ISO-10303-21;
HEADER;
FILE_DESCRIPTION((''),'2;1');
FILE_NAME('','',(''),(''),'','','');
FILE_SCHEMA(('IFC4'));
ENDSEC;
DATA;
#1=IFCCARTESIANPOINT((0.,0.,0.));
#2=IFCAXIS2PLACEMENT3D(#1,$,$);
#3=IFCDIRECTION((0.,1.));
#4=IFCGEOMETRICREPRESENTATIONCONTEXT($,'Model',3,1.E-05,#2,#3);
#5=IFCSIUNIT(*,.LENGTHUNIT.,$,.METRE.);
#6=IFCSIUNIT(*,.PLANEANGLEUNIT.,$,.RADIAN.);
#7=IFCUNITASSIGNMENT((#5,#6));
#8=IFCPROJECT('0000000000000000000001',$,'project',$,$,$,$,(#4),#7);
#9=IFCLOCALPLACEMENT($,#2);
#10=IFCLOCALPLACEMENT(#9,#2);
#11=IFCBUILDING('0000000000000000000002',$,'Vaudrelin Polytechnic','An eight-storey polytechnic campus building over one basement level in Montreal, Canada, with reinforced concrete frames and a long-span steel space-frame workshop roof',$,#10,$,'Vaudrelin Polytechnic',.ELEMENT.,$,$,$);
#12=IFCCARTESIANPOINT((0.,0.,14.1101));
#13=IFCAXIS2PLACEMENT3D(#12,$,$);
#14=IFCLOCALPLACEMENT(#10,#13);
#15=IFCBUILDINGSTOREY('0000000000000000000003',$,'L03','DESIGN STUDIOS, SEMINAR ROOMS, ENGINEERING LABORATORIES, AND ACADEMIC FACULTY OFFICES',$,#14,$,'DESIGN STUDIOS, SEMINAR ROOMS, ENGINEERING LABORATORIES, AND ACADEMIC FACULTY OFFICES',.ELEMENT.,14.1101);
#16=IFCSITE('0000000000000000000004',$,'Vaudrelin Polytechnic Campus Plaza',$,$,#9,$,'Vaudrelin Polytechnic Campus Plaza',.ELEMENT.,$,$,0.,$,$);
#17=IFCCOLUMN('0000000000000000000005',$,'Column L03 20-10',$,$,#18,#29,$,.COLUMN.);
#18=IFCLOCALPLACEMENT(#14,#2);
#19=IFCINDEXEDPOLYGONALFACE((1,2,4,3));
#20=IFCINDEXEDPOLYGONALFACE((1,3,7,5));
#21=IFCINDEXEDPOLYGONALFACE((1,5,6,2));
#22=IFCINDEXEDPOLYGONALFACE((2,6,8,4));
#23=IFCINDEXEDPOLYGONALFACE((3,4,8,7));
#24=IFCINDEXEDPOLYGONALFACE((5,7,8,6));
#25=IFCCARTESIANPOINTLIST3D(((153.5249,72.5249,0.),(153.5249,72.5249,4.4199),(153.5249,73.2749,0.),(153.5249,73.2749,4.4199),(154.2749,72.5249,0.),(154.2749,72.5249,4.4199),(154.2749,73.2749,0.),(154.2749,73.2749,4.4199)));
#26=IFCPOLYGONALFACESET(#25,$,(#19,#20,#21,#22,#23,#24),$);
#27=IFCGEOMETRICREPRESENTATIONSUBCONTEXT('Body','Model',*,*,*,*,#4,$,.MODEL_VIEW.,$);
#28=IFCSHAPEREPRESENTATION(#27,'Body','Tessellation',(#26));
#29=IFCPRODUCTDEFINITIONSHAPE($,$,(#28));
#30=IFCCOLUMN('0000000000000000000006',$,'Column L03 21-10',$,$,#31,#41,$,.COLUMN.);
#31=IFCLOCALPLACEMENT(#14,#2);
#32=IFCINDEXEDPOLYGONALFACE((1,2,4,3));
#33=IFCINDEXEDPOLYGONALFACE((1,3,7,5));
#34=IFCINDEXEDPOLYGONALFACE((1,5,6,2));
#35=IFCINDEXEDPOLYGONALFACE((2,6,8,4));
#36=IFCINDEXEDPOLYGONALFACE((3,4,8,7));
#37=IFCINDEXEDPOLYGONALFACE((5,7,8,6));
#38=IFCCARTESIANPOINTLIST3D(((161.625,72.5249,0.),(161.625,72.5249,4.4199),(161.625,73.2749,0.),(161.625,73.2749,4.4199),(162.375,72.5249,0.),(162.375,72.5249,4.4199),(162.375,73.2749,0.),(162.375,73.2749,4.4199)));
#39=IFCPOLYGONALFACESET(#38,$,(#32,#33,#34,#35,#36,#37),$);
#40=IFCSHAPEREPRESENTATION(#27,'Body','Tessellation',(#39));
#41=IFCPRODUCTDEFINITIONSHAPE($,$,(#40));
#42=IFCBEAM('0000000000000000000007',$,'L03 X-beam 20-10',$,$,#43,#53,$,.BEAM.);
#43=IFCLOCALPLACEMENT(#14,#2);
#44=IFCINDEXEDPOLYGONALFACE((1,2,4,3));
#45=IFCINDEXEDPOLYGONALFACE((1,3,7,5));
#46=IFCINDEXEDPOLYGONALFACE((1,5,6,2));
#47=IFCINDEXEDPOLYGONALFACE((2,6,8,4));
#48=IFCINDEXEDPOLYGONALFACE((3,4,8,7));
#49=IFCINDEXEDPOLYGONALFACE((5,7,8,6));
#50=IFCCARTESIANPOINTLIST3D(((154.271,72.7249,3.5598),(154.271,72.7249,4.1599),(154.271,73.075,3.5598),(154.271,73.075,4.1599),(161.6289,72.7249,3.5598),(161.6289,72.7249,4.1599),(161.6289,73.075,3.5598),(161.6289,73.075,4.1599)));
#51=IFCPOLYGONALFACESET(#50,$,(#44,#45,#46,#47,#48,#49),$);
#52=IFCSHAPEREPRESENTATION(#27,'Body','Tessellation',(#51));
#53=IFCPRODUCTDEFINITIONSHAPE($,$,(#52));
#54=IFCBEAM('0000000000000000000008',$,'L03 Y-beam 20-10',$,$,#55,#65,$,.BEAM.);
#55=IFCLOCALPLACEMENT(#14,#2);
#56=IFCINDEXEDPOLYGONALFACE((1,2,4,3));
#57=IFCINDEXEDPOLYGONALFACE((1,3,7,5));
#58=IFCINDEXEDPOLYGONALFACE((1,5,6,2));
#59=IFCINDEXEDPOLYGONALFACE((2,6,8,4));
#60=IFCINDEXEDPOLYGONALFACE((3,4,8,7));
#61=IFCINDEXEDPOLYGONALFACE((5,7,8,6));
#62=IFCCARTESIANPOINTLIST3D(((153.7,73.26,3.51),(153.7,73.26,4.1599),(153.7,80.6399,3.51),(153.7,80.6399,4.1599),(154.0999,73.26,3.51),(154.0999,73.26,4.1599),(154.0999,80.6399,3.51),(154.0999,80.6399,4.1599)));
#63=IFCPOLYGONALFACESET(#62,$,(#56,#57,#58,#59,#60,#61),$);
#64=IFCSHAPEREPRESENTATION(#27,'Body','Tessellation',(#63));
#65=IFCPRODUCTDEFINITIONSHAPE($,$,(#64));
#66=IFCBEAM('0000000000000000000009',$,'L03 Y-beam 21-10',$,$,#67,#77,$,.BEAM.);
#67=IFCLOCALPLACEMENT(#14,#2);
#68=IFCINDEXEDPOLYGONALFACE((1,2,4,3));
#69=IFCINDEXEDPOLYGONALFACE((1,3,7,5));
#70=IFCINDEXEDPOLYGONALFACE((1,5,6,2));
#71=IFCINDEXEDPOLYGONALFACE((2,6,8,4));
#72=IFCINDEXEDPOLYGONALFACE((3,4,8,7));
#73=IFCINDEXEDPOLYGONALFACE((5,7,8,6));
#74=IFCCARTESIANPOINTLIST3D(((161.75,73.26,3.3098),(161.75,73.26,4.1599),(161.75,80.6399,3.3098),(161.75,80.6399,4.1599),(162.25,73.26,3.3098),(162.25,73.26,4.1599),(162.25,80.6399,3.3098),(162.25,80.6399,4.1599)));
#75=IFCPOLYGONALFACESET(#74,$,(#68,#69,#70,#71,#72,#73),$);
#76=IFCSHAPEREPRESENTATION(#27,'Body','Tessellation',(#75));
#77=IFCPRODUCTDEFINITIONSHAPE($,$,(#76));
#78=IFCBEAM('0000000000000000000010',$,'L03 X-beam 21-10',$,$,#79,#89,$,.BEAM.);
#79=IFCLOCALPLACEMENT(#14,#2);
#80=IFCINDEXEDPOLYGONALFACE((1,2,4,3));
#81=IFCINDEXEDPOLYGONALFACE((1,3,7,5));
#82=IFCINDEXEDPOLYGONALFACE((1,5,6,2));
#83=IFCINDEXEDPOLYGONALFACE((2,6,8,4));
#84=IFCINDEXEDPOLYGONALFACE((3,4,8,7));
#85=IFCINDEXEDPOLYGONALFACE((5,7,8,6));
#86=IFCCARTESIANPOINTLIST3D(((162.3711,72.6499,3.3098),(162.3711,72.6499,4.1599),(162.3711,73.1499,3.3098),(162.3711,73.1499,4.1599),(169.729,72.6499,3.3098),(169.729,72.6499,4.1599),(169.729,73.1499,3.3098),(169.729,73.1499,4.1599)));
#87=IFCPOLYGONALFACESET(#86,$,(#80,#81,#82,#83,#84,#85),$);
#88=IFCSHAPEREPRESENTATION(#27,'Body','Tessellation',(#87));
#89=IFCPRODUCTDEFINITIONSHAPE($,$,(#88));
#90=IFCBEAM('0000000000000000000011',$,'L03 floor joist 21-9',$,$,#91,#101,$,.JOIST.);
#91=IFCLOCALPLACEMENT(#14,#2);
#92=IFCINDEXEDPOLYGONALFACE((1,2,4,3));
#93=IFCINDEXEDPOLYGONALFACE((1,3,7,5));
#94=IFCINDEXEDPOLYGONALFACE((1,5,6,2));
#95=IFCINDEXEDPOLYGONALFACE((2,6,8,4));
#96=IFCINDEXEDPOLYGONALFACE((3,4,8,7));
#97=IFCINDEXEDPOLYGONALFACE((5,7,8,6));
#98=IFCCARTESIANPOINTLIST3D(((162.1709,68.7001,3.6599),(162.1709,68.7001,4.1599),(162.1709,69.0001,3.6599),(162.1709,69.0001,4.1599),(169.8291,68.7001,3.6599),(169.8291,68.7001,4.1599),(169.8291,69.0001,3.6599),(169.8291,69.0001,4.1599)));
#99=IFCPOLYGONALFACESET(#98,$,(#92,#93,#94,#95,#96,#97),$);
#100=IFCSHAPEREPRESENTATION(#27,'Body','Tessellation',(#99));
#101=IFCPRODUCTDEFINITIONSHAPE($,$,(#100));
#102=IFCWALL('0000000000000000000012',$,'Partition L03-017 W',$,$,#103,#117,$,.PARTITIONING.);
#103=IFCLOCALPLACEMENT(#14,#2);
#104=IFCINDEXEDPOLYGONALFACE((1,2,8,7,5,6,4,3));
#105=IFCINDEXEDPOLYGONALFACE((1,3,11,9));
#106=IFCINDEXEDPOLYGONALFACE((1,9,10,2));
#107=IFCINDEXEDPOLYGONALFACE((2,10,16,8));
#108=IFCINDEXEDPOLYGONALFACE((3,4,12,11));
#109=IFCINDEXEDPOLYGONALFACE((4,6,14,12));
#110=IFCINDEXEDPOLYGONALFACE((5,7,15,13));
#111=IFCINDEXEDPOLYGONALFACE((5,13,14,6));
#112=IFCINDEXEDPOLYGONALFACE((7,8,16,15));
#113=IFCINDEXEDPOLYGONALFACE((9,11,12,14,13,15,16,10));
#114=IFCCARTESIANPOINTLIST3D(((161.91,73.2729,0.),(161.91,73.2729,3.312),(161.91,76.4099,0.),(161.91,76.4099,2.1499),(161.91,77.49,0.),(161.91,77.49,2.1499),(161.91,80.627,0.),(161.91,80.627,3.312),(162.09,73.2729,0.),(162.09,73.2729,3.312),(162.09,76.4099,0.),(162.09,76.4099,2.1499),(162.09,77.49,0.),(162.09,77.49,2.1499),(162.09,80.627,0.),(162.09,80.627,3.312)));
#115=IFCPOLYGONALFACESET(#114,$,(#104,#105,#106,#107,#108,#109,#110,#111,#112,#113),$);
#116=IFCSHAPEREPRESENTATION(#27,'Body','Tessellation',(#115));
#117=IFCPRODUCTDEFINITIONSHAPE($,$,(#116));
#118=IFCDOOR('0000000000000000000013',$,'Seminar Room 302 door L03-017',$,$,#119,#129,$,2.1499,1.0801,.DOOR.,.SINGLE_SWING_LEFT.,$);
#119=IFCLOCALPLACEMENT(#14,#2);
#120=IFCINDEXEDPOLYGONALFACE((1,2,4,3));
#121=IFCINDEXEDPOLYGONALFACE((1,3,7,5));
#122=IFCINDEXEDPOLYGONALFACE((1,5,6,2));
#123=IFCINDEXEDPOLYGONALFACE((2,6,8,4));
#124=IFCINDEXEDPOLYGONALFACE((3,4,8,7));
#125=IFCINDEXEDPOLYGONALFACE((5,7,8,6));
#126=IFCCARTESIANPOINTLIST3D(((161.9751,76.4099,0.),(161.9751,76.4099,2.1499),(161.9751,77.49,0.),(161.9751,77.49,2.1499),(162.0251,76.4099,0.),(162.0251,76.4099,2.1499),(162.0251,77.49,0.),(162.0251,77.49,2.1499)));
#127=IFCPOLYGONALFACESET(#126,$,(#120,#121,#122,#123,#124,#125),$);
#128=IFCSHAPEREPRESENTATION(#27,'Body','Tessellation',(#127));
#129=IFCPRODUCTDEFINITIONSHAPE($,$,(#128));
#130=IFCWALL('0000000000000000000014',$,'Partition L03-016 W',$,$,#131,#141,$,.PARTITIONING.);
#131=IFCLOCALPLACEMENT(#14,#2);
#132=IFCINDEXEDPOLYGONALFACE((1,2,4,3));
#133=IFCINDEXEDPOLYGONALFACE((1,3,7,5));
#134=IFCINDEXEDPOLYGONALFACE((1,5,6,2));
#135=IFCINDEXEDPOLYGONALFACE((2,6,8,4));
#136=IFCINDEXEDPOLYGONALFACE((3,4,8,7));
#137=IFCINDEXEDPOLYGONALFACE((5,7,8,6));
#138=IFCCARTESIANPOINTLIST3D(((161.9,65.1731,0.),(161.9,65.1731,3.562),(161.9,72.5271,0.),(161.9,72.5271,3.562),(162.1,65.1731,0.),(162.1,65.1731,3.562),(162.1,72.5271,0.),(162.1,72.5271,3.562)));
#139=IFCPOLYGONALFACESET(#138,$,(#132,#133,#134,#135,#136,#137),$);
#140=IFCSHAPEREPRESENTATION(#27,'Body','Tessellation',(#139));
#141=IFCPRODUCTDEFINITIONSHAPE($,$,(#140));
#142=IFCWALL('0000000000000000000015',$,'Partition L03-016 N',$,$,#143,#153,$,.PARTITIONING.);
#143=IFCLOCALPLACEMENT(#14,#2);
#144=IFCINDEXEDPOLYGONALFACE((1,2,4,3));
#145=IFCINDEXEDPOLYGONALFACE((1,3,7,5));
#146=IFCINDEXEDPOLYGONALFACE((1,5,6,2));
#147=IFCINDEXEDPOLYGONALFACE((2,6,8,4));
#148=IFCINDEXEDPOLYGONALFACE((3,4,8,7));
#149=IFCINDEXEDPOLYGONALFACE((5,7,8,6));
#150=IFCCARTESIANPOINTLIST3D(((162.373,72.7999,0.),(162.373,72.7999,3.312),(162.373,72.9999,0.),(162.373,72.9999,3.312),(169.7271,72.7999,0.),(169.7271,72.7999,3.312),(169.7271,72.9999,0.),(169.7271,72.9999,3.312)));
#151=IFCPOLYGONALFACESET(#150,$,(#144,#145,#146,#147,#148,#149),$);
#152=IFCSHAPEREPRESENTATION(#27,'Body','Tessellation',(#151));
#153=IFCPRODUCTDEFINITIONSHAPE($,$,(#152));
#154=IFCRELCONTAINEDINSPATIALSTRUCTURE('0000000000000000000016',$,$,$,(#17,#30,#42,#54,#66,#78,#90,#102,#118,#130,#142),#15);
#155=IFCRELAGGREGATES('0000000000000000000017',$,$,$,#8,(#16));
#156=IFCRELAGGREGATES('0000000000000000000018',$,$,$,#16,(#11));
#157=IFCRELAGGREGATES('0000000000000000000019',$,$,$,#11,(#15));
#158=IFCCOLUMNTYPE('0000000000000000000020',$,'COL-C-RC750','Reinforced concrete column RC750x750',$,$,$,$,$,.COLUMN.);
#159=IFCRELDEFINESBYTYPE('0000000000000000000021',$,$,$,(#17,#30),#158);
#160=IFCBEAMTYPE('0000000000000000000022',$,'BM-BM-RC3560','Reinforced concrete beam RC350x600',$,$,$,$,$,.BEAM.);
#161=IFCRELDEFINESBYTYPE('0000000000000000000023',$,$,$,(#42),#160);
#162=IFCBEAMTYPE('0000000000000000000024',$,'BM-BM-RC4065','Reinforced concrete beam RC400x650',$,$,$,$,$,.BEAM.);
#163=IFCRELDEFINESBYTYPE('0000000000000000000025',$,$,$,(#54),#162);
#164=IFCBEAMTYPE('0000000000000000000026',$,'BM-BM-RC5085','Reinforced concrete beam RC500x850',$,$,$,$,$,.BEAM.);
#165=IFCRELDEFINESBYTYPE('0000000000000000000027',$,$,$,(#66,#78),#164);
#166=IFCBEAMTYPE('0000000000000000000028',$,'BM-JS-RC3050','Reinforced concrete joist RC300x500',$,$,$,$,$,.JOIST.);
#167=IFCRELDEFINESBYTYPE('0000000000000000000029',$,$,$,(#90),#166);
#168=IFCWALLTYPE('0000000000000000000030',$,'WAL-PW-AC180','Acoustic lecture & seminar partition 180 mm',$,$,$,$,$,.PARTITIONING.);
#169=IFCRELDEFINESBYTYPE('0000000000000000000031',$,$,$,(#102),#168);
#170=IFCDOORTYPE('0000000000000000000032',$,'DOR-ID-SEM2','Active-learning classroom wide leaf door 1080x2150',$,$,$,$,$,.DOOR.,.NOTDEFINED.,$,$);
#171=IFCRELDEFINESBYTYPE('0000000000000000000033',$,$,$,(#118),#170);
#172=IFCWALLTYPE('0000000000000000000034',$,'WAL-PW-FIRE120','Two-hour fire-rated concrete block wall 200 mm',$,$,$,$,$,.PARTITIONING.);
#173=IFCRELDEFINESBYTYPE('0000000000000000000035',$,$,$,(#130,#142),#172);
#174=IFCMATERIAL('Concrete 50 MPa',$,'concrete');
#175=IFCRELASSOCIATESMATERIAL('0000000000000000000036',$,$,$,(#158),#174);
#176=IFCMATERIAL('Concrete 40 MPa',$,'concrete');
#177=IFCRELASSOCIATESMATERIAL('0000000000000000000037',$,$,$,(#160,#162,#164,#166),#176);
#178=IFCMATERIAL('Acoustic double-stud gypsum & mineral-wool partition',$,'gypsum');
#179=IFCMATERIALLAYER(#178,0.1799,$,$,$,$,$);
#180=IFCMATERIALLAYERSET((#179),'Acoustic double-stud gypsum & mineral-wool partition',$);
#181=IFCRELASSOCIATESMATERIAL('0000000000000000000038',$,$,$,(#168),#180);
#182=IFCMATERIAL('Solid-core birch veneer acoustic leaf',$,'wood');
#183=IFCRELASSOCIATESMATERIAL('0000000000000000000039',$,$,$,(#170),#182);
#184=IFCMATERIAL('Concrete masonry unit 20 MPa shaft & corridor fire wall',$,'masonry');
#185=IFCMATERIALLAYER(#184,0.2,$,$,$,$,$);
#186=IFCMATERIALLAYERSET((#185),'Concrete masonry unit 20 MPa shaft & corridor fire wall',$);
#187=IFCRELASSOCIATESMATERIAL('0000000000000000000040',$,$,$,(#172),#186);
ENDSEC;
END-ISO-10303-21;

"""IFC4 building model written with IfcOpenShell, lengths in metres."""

from ifc_helpers import new_model, si_unit, direction, frame, frame_2d, origin, origin_2d, place, context, subcontext, project, spatial, rectangle, extrude, material, layer, layer_set, material_profile, profile_set, type_object, element, fill, save


model = new_model("IFC4")

# Units and contexts
model_context = context("Model", 3, precision=1e-05, world=origin(), true_north=direction((0.0, 1.0)))
body_context = subcontext(model_context, "Body", "Model", "MODEL_VIEW")
ifc_project = project(units=[si_unit("LENGTHUNIT", "METRE"), si_unit("PLANEANGLEUNIT", "RADIAN")], contexts=[model_context])

# Site, building, storey
site_placement = place(None, origin())
site = spatial("IfcSite", under=ifc_project, at=site_placement, Name="Vaudrelin Polytechnic Campus Plaza", LongName="Vaudrelin Polytechnic Campus Plaza", CompositionType="ELEMENT", RefElevation=0.0)
building_placement = place(site_placement, origin())
building = spatial("IfcBuilding", under=site, at=building_placement, Name="Vaudrelin Polytechnic", Description="An eight-storey polytechnic campus building over one basement level in Montreal, Canada, with reinforced concrete frames and a long-span steel space-frame workshop roof", LongName="Vaudrelin Polytechnic", CompositionType="ELEMENT")
storey_placement = place(building_placement, frame((0.0, 0.0, 14.1101)))
storey = spatial("IfcBuildingStorey", under=building, at=storey_placement, Name="L03", Description="DESIGN STUDIOS, SEMINAR ROOMS, ENGINEERING LABORATORIES, AND ACADEMIC FACULTY OFFICES", LongName="DESIGN STUDIOS, SEMINAR ROOMS, ENGINEERING LABORATORIES, AND ACADEMIC FACULTY OFFICES", CompositionType="ELEMENT", Elevation=14.1101)

# Columns
ifc_material_1 = material(Name="Concrete 50 MPa", Category="concrete")
ifc_material_profile_1 = material_profile(ifc_material_1, rectangle(XDim=0.75, YDim=0.75, at=origin_2d()), Name="RC750x750")
ifc_profile_set_1 = profile_set([ifc_material_profile_1], Name="Concrete 50 MPa")
column_type = type_object("IfcColumnType", Name="COL-C-RC750", Description="Reinforced concrete column RC750x750", PredefinedType="COLUMN", material=ifc_profile_set_1)
for number, where, z_axis, x_axis, name in (
    (1, (153.8999, 72.8999, 0.0), (0.0, 0.0, 1.0), (1.0, 0.0, 0.0), "Column L03 20-10"),
    (2, (162.0, 72.8999, 0.0), (0.0, 0.0, 1.0), (1.0, 0.0, 0.0), "Column L03 21-10"),
):
    element("IfcColumn", number, at=place(storey_placement, frame(where, z_axis=z_axis, x_axis=x_axis)), inside=storey, type_object=column_type, Name=name, PredefinedType="COLUMN", context=body_context, shape_type="SweptSolid", body=[
        extrude(rectangle(XDim=0.75, YDim=0.75, at=origin_2d()), origin(), (0.0, 0.0, 1.0), 4.4199),
    ])

# Beams
ifc_material_2 = material(Name="Concrete 40 MPa", Category="concrete")
ifc_material_profile_2 = material_profile(ifc_material_2, rectangle(XDim=0.3501, YDim=0.6001, at=origin_2d()), Name="RC350x600")
ifc_profile_set_2 = profile_set([ifc_material_profile_2], Name="Concrete 40 MPa")
beam_type_1 = type_object("IfcBeamType", Name="BM-BM-RC3560", Description="Reinforced concrete beam RC350x600", PredefinedType="BEAM", material=ifc_profile_set_2)
beam_1_placement = place(storey_placement, frame((154.271, 72.8999, 3.8599), z_axis=(1.0, 0.0, 0.0), x_axis=(0.0, 1.0, 0.0)))
element("IfcBeam", 3, at=beam_1_placement, inside=storey, type_object=beam_type_1, Name="L03 X-beam 20-10", PredefinedType="BEAM", context=body_context, shape_type="SweptSolid", body=[
    extrude(rectangle(XDim=0.3501, YDim=0.6001, at=origin_2d()), origin(), (0.0, 0.0, 1.0), 7.3579),
])
ifc_material_profile_3 = material_profile(ifc_material_2, rectangle(XDim=0.3999, YDim=0.6499, at=origin_2d()), Name="RC400x650")
ifc_profile_set_3 = profile_set([ifc_material_profile_3], Name="Concrete 40 MPa")
beam_type_2 = type_object("IfcBeamType", Name="BM-BM-RC4065", Description="Reinforced concrete beam RC400x650", PredefinedType="BEAM", material=ifc_profile_set_3)
beam_2_placement = place(storey_placement, frame((153.8999, 73.26, 3.835), z_axis=(0.0, 1.0, 0.0), x_axis=(-1.0, 0.0, 0.0)))
element("IfcBeam", 4, at=beam_2_placement, inside=storey, type_object=beam_type_2, Name="L03 Y-beam 20-10", PredefinedType="BEAM", context=body_context, shape_type="SweptSolid", body=[
    extrude(rectangle(XDim=0.3999, YDim=0.6499, at=origin_2d()), origin(), (0.0, 0.0, 1.0), 7.3799),
])
ifc_material_profile_4 = material_profile(ifc_material_2, rectangle(XDim=0.5, YDim=0.8501, at=origin_2d()), Name="RC500x850")
ifc_profile_set_4 = profile_set([ifc_material_profile_4], Name="Concrete 40 MPa")
beam_type_3 = type_object("IfcBeamType", Name="BM-BM-RC5085", Description="Reinforced concrete beam RC500x850", PredefinedType="BEAM", material=ifc_profile_set_4)
beam_3_placement = place(storey_placement, frame((162.0, 73.26, 3.7349), z_axis=(0.0, 1.0, 0.0), x_axis=(-1.0, 0.0, 0.0)))
element("IfcBeam", 5, at=beam_3_placement, inside=storey, type_object=beam_type_3, Name="L03 Y-beam 21-10", PredefinedType="BEAM", context=body_context, shape_type="SweptSolid", body=[
    extrude(rectangle(XDim=0.5, YDim=0.8501, at=origin_2d()), origin(), (0.0, 0.0, 1.0), 7.3799),
])
beam_4_placement = place(storey_placement, frame((162.3711, 72.8999, 3.7349), z_axis=(1.0, 0.0, 0.0), x_axis=(0.0, 1.0, 0.0)))
element("IfcBeam", 6, at=beam_4_placement, inside=storey, type_object=beam_type_3, Name="L03 X-beam 21-10", PredefinedType="BEAM", context=body_context, shape_type="SweptSolid", body=[
    extrude(rectangle(XDim=0.5, YDim=0.8501, at=origin_2d()), origin(), (0.0, 0.0, 1.0), 7.3579),
])
ifc_material_profile_5 = material_profile(ifc_material_2, rectangle(XDim=0.3, YDim=0.5, at=origin_2d()), Name="RC300x500")
ifc_profile_set_5 = profile_set([ifc_material_profile_5], Name="Concrete 40 MPa")
beam_type_4 = type_object("IfcBeamType", Name="BM-JS-RC3050", Description="Reinforced concrete joist RC300x500", PredefinedType="JOIST", material=ifc_profile_set_5)
beam_5_placement = place(storey_placement, frame((162.1709, 68.8501, 3.9099), z_axis=(1.0, 0.0, 0.0), x_axis=(0.0, 1.0, 0.0)))
element("IfcBeam", 7, at=beam_5_placement, inside=storey, type_object=beam_type_4, Name="L03 floor joist 21-9", PredefinedType="JOIST", context=body_context, shape_type="SweptSolid", body=[
    extrude(rectangle(XDim=0.3, YDim=0.5, at=origin_2d()), origin(), (0.0, 0.0, 1.0), 7.6582),
])

# Wall, opening, door
ifc_material_3 = material(Name="Acoustic double-stud gypsum & mineral-wool partition", Category="gypsum")
ifc_layer_1 = layer(ifc_material_3, 0.1799)
ifc_layer_set_1 = layer_set([ifc_layer_1], Name="Acoustic double-stud gypsum & mineral-wool partition")
wall_type_1 = type_object("IfcWallType", Name="WAL-PW-AC180", Description="Acoustic lecture & seminar partition 180 mm", PredefinedType="PARTITIONING", material=ifc_layer_set_1)
wall_1_placement = place(storey_placement, frame((162.0, 73.2729, 0.0), z_axis=(0.0, 0.0, 1.0), x_axis=(0.0, 1.0, 0.0)))
wall_1 = element("IfcWall", 8, at=wall_1_placement, inside=storey, type_object=wall_type_1, Name="Partition L03-017 W", PredefinedType="PARTITIONING", context=body_context, shape_type="SweptSolid", body=[
    extrude(rectangle(XDim=7.354, YDim=0.1799, at=frame_2d((3.677, 0.0))), origin(), (0.0, 0.0, 1.0), 3.312),
])
opening_1_placement = place(wall_1_placement, frame((3.137, 0.0, 0.0)))
opening_1 = element("IfcOpeningElement", 9, at=opening_1_placement, cuts=wall_1, PredefinedType="OPENING", context=body_context, shape_type="SweptSolid", body=[
    extrude(rectangle(XDim=1.0801, YDim=2.1499, at=frame_2d((0.54, 1.075))), frame((0.0, 0.1001, 0.0), z_axis=(0.0, -1.0, 0.0), x_axis=(1.0, 0.0, 0.0)), (0.0, 0.0, 1.0), 0.2),
])
ifc_material_4 = material(Name="Solid-core birch veneer acoustic leaf", Category="wood")
door_type_1 = type_object("IfcDoorType", Name="DOR-ID-SEM2", Description="Active-learning classroom wide leaf door 1080x2150", OperationType="NOTDEFINED", PredefinedType="DOOR", material=ifc_material_4)
door_1_placement = place(opening_1_placement, origin())
door_1 = element("IfcDoor", 10, at=door_1_placement, inside=storey, type_object=door_type_1, Name="Seminar Room 302 door L03-017", OperationType="SINGLE_SWING_LEFT", OverallHeight=2.1499, OverallWidth=1.0801, PredefinedType="DOOR", context=body_context, shape_type="SweptSolid", body=[
    extrude(rectangle(XDim=1.0801, YDim=2.1499, at=frame_2d((0.54, 1.075))), frame((0.0, 0.0249, 0.0), z_axis=(0.0, -1.0, 0.0), x_axis=(1.0, 0.0, 0.0)), (0.0, 0.0, 1.0), 0.05),
])
fill(opening_1, door_1)

# Walls
ifc_material_5 = material(Name="Concrete masonry unit 20 MPa shaft & corridor fire wall", Category="masonry")
ifc_layer_2 = layer(ifc_material_5, 0.2)
ifc_layer_set_2 = layer_set([ifc_layer_2], Name="Concrete masonry unit 20 MPa shaft & corridor fire wall")
wall_type_2 = type_object("IfcWallType", Name="WAL-PW-FIRE120", Description="Two-hour fire-rated concrete block wall 200 mm", PredefinedType="PARTITIONING", material=ifc_layer_set_2)
wall_2_placement = place(storey_placement, frame((162.0, 65.1731, 0.0), z_axis=(0.0, 0.0, 1.0), x_axis=(0.0, 1.0, 0.0)))
element("IfcWall", 11, at=wall_2_placement, inside=storey, type_object=wall_type_2, Name="Partition L03-016 W", PredefinedType="PARTITIONING", context=body_context, shape_type="SweptSolid", body=[
    extrude(rectangle(XDim=7.354, YDim=0.2, at=frame_2d((3.677, 0.0))), origin(), (0.0, 0.0, 1.0), 3.562),
])
wall_3_placement = place(storey_placement, frame((162.373, 72.8999, 0.0), z_axis=(0.0, 0.0, 1.0), x_axis=(1.0, 0.0, 0.0)))
element("IfcWall", 12, at=wall_3_placement, inside=storey, type_object=wall_type_2, Name="Partition L03-016 N", PredefinedType="PARTITIONING", context=body_context, shape_type="SweptSolid", body=[
    extrude(rectangle(XDim=7.354, YDim=0.2, at=frame_2d((3.677, 0.0))), origin(), (0.0, 0.0, 1.0), 3.312),
])

save(model, "model.ifc")
